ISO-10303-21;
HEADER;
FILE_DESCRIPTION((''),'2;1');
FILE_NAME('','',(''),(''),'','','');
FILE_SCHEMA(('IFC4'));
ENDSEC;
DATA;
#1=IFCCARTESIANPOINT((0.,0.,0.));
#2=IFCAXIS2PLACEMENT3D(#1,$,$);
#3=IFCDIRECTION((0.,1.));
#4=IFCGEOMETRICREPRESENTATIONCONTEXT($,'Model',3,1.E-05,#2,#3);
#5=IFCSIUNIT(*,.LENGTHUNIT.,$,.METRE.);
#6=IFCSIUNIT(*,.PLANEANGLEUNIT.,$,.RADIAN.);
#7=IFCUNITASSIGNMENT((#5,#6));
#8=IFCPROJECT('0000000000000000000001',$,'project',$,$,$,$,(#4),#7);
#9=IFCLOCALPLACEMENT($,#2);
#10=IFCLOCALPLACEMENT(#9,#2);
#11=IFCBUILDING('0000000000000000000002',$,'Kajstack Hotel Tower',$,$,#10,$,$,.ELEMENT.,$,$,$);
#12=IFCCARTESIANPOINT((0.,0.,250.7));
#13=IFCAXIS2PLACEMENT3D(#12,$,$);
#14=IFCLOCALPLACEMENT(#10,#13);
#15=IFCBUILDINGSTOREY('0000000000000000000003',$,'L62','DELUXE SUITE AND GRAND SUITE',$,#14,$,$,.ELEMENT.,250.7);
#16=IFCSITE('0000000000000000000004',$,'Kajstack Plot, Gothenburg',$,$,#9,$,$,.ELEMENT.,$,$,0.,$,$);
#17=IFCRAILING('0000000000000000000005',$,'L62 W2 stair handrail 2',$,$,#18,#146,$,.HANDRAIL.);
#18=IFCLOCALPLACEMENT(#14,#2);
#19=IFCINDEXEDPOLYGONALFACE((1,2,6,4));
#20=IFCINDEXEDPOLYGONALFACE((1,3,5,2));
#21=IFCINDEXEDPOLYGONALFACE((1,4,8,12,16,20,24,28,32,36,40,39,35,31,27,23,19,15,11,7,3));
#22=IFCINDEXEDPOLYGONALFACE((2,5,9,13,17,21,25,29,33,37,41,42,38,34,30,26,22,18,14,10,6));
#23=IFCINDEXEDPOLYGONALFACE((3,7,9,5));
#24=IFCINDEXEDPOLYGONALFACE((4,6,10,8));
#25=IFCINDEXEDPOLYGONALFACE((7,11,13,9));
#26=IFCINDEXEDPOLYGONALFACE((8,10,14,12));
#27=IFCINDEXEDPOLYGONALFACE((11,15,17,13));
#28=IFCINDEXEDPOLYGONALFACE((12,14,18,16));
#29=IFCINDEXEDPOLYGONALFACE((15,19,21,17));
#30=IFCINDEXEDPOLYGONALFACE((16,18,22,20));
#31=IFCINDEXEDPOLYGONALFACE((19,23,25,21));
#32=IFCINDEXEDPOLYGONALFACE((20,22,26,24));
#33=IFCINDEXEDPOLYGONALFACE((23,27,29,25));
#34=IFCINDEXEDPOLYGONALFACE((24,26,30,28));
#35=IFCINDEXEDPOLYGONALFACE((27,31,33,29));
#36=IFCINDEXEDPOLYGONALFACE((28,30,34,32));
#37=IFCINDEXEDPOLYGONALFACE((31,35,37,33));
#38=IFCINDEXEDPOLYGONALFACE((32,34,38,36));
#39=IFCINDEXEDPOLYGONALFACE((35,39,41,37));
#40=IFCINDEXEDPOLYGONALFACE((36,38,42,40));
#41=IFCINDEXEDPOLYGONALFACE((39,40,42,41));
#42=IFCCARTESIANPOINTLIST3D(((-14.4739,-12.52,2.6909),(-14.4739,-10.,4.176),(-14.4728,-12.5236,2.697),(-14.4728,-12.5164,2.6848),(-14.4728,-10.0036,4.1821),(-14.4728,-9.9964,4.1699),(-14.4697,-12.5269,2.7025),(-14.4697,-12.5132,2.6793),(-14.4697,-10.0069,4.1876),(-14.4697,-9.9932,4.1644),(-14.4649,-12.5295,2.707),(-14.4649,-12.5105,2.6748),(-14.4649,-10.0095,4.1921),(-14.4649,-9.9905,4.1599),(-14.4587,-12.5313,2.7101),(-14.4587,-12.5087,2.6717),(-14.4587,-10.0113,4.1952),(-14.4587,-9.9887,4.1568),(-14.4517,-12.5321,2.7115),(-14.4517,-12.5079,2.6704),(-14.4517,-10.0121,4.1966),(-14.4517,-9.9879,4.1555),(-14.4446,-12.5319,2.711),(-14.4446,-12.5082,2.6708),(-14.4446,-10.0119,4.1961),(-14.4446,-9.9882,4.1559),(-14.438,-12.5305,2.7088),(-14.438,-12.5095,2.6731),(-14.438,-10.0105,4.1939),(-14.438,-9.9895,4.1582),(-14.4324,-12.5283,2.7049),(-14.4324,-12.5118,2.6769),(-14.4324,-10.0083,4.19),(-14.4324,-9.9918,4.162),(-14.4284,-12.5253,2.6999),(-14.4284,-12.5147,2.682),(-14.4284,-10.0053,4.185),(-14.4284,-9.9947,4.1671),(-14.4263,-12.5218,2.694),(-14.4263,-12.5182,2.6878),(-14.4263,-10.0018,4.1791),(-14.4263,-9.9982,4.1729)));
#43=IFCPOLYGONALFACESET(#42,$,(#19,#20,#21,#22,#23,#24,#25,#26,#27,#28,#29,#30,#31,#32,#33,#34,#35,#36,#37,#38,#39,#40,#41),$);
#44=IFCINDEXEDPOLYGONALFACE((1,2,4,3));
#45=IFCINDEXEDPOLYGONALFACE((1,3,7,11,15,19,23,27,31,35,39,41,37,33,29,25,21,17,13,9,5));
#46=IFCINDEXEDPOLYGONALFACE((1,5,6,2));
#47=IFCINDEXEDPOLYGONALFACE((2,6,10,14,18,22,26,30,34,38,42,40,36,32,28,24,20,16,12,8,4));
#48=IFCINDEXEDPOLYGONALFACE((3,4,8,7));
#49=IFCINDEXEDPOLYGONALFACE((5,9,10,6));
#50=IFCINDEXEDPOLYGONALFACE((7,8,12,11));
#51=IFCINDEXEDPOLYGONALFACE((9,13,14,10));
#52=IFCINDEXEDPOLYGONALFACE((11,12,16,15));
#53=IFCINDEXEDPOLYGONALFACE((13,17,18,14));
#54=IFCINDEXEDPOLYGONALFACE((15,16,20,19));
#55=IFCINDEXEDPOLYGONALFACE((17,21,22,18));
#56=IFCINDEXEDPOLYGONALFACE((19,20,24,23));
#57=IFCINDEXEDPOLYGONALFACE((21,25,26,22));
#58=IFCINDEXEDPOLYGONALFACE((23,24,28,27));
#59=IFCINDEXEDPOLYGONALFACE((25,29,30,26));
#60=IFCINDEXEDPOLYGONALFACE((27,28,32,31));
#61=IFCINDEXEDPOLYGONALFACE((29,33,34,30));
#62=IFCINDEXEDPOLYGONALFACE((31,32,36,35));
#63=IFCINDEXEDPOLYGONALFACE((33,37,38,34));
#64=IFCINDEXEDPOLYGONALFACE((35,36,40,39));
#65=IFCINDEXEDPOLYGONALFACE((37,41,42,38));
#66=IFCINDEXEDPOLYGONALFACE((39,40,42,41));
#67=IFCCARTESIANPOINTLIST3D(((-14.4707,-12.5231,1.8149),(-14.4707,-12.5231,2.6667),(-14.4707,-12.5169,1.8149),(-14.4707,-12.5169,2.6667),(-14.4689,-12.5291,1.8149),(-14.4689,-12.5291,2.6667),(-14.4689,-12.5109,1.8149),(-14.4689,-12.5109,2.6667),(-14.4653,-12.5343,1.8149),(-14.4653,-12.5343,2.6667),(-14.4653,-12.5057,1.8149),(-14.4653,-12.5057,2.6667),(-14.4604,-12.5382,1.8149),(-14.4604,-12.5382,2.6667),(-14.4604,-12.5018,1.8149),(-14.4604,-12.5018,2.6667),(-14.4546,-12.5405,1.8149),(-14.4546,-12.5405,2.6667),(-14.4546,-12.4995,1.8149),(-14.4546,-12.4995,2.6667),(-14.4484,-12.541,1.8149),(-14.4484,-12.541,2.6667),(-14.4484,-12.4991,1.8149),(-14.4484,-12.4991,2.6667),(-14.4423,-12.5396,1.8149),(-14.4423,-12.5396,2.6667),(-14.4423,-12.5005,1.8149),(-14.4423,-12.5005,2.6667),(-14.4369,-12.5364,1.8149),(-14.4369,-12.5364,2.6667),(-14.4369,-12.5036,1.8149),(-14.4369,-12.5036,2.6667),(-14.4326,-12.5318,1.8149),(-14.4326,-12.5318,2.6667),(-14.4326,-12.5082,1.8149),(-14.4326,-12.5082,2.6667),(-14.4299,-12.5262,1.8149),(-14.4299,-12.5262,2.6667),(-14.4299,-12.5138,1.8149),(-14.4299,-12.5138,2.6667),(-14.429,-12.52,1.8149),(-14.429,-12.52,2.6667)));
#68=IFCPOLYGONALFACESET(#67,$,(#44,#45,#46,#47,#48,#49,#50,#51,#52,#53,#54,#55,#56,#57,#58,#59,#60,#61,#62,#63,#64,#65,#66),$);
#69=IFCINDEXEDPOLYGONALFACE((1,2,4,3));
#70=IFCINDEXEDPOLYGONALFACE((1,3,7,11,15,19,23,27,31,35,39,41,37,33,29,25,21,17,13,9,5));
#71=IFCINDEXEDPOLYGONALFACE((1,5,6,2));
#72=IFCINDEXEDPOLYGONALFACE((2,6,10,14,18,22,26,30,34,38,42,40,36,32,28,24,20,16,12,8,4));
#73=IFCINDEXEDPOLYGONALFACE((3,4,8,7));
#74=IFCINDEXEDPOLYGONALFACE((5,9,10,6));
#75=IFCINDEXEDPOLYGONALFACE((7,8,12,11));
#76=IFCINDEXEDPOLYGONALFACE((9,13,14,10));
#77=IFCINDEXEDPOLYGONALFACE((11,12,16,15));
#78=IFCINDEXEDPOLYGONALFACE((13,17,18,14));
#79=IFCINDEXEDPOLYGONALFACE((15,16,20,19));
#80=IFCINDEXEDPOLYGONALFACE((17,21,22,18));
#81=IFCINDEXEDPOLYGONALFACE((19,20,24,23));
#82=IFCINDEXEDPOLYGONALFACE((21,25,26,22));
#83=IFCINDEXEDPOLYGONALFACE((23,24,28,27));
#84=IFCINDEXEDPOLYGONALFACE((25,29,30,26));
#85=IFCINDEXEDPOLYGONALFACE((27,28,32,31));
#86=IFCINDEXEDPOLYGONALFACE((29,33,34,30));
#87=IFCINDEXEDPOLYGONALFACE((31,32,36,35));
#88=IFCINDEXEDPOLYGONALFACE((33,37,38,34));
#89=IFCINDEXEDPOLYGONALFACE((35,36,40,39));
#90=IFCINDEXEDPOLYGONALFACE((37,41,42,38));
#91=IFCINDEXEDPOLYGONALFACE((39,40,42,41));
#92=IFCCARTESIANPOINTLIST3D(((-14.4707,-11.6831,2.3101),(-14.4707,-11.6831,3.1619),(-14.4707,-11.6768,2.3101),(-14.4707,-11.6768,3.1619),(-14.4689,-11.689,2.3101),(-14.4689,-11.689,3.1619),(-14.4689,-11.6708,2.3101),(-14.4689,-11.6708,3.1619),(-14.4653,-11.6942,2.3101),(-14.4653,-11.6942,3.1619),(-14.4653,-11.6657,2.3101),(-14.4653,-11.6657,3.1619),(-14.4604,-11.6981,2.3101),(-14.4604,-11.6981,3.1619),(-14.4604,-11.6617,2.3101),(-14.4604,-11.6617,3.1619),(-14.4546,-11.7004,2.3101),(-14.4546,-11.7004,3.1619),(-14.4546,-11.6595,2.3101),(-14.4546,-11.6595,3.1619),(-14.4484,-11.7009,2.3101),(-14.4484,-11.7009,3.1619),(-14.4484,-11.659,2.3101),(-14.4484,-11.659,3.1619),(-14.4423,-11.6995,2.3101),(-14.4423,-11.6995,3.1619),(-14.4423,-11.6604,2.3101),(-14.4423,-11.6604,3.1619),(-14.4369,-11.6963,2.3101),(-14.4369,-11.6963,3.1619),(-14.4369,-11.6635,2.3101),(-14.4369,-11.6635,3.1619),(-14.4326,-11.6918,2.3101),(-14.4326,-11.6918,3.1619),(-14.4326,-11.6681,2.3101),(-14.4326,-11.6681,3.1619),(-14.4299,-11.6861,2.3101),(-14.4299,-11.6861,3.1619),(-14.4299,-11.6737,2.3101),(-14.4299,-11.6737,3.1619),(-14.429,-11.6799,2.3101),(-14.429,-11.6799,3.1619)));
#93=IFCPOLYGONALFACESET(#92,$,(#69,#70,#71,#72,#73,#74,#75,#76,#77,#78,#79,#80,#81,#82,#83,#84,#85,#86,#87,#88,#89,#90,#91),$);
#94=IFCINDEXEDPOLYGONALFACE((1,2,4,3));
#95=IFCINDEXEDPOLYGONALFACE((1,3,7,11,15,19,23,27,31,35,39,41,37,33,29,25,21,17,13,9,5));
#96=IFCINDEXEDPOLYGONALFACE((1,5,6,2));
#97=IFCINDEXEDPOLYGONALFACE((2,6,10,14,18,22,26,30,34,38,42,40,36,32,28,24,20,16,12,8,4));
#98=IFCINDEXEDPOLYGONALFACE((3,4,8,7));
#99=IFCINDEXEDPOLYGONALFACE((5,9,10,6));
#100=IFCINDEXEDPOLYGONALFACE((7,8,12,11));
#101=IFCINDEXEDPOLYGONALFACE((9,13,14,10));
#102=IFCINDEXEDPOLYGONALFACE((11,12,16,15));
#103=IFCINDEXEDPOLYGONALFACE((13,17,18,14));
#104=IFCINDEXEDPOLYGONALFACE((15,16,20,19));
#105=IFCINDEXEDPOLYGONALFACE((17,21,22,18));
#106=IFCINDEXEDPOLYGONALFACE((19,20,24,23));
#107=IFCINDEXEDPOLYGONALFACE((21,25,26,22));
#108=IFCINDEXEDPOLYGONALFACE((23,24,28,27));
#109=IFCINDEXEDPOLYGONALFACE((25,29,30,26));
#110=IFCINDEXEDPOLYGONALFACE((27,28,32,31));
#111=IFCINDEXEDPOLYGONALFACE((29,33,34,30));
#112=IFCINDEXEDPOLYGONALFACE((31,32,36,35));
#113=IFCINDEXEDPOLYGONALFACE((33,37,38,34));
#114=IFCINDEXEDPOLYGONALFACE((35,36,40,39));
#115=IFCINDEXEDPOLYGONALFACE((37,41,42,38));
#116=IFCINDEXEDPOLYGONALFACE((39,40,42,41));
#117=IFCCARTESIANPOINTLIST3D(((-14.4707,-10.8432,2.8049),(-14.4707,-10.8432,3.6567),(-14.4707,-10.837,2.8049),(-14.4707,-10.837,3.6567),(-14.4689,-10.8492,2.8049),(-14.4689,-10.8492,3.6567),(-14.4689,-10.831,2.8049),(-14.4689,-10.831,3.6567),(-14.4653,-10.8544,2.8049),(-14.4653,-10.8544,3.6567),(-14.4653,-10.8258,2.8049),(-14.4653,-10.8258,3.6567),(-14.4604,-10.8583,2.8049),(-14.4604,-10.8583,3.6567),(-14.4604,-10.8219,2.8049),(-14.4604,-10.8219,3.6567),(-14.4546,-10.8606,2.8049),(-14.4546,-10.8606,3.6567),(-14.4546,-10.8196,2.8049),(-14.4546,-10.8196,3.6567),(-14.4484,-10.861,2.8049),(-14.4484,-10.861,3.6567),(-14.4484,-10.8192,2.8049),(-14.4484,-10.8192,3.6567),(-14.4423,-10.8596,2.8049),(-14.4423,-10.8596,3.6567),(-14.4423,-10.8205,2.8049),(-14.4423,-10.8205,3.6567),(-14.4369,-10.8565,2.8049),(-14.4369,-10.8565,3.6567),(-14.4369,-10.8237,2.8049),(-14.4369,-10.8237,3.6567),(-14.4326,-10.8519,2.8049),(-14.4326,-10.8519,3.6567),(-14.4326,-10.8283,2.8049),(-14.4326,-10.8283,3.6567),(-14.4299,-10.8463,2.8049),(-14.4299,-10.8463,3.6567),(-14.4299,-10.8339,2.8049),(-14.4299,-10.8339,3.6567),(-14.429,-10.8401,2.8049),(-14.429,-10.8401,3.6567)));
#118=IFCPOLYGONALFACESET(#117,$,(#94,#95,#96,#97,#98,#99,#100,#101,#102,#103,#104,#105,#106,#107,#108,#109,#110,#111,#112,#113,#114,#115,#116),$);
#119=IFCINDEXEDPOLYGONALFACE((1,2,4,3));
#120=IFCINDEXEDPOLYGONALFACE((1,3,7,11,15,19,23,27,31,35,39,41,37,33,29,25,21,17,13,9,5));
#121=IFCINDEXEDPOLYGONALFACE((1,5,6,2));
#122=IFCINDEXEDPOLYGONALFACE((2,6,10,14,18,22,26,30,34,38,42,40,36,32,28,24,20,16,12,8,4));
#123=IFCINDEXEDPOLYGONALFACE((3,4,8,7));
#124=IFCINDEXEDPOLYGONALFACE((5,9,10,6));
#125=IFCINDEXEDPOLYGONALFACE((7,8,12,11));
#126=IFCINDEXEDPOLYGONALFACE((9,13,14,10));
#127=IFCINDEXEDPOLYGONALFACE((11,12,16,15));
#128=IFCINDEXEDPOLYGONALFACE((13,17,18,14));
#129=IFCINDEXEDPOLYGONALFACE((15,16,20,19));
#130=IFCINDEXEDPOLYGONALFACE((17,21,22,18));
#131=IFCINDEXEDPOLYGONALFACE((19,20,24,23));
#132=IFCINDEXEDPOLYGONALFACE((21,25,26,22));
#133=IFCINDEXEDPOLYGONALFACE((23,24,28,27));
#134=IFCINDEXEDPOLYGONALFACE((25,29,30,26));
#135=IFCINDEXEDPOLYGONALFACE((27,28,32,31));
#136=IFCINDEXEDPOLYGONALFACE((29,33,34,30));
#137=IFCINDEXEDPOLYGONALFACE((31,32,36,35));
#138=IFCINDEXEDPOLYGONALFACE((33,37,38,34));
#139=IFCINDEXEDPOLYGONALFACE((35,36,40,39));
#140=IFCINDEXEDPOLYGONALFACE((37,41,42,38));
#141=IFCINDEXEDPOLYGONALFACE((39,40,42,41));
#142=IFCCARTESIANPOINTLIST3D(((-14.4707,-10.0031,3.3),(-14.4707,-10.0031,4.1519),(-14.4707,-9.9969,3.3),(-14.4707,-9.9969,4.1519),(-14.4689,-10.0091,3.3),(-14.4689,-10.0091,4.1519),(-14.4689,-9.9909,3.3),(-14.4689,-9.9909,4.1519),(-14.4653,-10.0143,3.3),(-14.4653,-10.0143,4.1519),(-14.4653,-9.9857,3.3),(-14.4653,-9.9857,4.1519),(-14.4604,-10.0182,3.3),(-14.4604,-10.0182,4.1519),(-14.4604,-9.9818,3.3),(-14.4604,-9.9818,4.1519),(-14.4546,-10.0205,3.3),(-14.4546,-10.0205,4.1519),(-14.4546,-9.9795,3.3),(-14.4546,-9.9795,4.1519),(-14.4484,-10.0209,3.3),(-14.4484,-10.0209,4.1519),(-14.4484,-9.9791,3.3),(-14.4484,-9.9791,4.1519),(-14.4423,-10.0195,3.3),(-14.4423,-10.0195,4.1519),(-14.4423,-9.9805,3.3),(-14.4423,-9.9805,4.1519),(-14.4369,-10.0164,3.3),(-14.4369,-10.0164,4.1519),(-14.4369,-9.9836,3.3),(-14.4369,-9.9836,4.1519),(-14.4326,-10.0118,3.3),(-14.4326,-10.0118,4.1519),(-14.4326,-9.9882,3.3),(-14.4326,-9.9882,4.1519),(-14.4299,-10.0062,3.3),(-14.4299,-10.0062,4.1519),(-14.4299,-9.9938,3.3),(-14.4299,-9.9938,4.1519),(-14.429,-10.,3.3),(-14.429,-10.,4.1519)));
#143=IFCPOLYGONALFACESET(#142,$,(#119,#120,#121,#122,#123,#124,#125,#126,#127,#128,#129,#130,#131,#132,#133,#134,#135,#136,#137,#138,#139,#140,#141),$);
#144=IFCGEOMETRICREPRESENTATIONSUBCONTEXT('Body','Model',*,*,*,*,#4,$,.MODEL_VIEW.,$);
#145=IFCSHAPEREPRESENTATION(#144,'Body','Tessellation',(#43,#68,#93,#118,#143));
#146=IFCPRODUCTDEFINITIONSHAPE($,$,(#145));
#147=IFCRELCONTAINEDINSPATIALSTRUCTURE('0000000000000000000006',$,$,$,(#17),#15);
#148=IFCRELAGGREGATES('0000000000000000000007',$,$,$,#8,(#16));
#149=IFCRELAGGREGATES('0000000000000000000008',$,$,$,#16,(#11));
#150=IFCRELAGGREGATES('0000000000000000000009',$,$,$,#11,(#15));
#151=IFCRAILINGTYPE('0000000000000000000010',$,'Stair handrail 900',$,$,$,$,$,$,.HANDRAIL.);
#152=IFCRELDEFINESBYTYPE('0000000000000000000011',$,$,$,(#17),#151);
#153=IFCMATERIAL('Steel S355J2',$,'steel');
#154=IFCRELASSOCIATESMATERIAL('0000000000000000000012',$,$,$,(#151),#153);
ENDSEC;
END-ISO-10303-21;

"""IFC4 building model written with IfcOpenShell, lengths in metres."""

from ifc_helpers import new_model, si_unit, direction, frame, origin, origin_2d, place, context, subcontext, project, spatial, circle, extrude, material, type_object, element, save


model = new_model("IFC4")

# Units and contexts
model_context = context("Model", 3, precision=1e-05, world=origin(), true_north=direction((0.0, 1.0)))
body_context = subcontext(model_context, "Body", "Model", "MODEL_VIEW")
ifc_project = project(units=[si_unit("LENGTHUNIT", "METRE"), si_unit("PLANEANGLEUNIT", "RADIAN")], contexts=[model_context])

# Site, building, storey
site_placement = place(None, origin())
site = spatial("IfcSite", under=ifc_project, at=site_placement, Name="Kajstack Plot, Gothenburg", CompositionType="ELEMENT", RefElevation=0.0)
building_placement = place(site_placement, origin())
building = spatial("IfcBuilding", under=site, at=building_placement, Name="Kajstack Hotel Tower", CompositionType="ELEMENT")
storey_placement = place(building_placement, frame((0.0, 0.0, 250.7)))
storey = spatial("IfcBuildingStorey", under=building, at=storey_placement, Name="L62", Description="DELUXE SUITE AND GRAND SUITE", CompositionType="ELEMENT", Elevation=250.7)

# Railing
ifc_material_1 = material(Name="Steel S355J2", Category="steel")
railing_type = type_object("IfcRailingType", Name="Stair handrail 900", PredefinedType="HANDRAIL", material=ifc_material_1)
railing_placement = place(storey_placement, frame((-14.45, -12.52, 1.8149)))
element("IfcRailing", 1, at=railing_placement, inside=storey, type_object=railing_type, Name="L62 W2 stair handrail 2", PredefinedType="HANDRAIL", context=body_context, shape_type="SweptSolid", body=[
    extrude(circle(Radius=0.0239, at=origin_2d()), frame((0.0, 0.0, 0.876), z_axis=(0.0, 0.861524, 0.507717), x_axis=(-1.0, 0.0, 0.0)), (0.0, 0.0, 1.0), 2.925),
    extrude(circle(Radius=0.021, at=origin_2d()), origin(), (0.0, 0.0, 1.0), 0.8518),
    extrude(circle(Radius=0.021, at=origin_2d()), frame((0.0, 0.8401, 0.4951)), (0.0, 0.0, 1.0), 0.8518),
    extrude(circle(Radius=0.021, at=origin_2d()), frame((0.0, 1.6799, 0.99)), (0.0, 0.0, 1.0), 0.8518),
    extrude(circle(Radius=0.021, at=origin_2d()), frame((0.0, 2.52, 1.4851)), (0.0, 0.0, 1.0), 0.8518),
])

save(model, "model.ifc")
